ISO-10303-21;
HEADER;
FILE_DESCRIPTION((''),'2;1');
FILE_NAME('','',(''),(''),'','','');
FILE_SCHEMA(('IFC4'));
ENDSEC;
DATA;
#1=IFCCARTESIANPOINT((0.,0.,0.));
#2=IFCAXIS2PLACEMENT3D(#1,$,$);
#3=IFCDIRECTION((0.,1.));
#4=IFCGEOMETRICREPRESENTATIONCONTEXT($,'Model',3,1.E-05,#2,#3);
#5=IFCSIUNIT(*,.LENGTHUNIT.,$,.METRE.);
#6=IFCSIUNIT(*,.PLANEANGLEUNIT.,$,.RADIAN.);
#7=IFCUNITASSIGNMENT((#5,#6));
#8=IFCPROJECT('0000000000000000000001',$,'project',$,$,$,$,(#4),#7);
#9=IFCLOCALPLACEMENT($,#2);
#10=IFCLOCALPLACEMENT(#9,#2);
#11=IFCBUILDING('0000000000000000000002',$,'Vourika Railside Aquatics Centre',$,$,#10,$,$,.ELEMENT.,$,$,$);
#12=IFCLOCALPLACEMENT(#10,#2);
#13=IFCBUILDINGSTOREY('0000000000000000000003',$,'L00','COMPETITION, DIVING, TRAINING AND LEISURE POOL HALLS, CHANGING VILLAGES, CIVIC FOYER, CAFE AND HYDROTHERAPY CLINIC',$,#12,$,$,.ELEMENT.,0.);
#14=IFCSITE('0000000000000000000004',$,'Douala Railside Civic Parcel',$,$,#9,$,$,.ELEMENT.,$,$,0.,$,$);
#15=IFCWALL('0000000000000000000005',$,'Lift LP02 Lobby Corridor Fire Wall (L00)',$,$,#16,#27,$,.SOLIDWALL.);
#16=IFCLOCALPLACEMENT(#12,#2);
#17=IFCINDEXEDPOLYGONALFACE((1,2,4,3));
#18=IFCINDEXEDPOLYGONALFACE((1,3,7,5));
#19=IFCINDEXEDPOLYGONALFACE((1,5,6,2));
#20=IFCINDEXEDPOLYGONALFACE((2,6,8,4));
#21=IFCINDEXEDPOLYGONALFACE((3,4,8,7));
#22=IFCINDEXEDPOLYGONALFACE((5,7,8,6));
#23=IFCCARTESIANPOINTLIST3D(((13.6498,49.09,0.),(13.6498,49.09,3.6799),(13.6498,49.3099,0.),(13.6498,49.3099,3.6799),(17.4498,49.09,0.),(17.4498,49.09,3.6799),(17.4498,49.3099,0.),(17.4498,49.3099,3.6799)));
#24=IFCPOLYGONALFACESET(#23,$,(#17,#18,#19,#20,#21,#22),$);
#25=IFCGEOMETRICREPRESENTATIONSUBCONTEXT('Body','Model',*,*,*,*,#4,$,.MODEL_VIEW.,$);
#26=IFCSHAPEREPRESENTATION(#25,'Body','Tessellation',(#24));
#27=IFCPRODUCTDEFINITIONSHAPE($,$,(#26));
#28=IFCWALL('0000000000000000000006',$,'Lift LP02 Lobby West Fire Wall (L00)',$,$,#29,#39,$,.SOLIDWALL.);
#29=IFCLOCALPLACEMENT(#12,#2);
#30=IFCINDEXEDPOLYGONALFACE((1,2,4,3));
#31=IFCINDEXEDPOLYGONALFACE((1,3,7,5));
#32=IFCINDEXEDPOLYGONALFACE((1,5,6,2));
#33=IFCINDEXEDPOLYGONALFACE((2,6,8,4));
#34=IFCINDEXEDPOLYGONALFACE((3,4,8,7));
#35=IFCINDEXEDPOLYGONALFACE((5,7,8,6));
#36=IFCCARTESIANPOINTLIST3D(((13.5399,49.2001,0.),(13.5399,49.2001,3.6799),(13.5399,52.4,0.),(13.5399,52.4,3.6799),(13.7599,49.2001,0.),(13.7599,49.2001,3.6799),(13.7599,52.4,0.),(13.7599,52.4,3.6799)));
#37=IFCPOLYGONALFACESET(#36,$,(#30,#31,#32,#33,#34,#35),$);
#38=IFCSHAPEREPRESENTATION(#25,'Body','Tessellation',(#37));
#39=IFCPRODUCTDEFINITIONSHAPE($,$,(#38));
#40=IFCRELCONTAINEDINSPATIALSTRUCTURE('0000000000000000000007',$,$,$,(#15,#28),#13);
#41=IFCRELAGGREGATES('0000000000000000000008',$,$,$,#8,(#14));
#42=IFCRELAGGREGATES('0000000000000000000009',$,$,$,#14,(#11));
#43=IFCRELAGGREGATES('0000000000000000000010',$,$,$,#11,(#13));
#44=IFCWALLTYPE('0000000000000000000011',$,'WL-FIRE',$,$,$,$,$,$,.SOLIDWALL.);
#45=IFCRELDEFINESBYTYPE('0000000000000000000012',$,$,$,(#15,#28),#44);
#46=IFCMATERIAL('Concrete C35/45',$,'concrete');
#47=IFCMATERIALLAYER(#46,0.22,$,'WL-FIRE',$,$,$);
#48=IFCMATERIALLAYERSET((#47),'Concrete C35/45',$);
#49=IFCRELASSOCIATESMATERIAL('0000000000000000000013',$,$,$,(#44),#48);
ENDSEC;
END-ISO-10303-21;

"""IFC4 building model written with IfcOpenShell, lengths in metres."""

from ifc_helpers import new_model, si_unit, direction, frame, frame_2d, origin, place, context, subcontext, project, spatial, rectangle, extrude, material, layer, layer_set, type_object, element, save


model = new_model("IFC4")

# Units and contexts
model_context = context("Model", 3, precision=1e-05, world=origin(), true_north=direction((0.0, 1.0)))
body_context = subcontext(model_context, "Body", "Model", "MODEL_VIEW")
ifc_project = project(units=[si_unit("LENGTHUNIT", "METRE"), si_unit("PLANEANGLEUNIT", "RADIAN")], contexts=[model_context])

# Site, building, storey
site_placement = place(None, origin())
site = spatial("IfcSite", under=ifc_project, at=site_placement, Name="Douala Railside Civic Parcel", CompositionType="ELEMENT", RefElevation=0.0)
building_placement = place(site_placement, origin())
building = spatial("IfcBuilding", under=site, at=building_placement, Name="Vourika Railside Aquatics Centre", CompositionType="ELEMENT")
storey_placement = place(building_placement, origin())
storey = spatial("IfcBuildingStorey", under=building, at=storey_placement, Name="L00", Description="COMPETITION, DIVING, TRAINING AND LEISURE POOL HALLS, CHANGING VILLAGES, CIVIC FOYER, CAFE AND HYDROTHERAPY CLINIC", CompositionType="ELEMENT", Elevation=0.0)

# Shared definitions
ifc_material_1 = material(Name="Concrete C35/45", Category="concrete")

# Walls
ifc_layer_1 = layer(ifc_material_1, 0.22, Name="WL-FIRE")
ifc_layer_set_1 = layer_set([ifc_layer_1], Name="Concrete C35/45")
wall_type_1 = type_object("IfcWallType", Name="WL-FIRE", PredefinedType="SOLIDWALL", material=ifc_layer_set_1)
wall_1_placement = place(storey_placement, frame((13.6499, 49.2, 0.0), z_axis=(0.0, 0.0, 1.0), x_axis=(1.0, 0.0, 0.0)))
element("IfcWall", 1, at=wall_1_placement, inside=storey, type_object=wall_type_1, Name="Lift LP02 Lobby Corridor Fire Wall (L00)", PredefinedType="SOLIDWALL", context=body_context, shape_type="SweptSolid", body=[
    extrude(rectangle(XDim=3.8, YDim=0.22, at=frame_2d((1.8999, 0.0))), origin(), (0.0, 0.0, 1.0), 3.6799),
])
wall_2_placement = place(storey_placement, frame((13.6499, 49.2, 0.0), z_axis=(0.0, 0.0, 1.0), x_axis=(0.0, 1.0, 0.0)))
element("IfcWall", 2, at=wall_2_placement, inside=storey, type_object=wall_type_1, Name="Lift LP02 Lobby West Fire Wall (L00)", PredefinedType="SOLIDWALL", context=body_context, shape_type="SweptSolid", body=[
    extrude(rectangle(XDim=3.2, YDim=0.22, at=frame_2d((1.6001, 0.0))), origin(), (0.0, 0.0, 1.0), 3.6799),
])

save(model, "model.ifc")
